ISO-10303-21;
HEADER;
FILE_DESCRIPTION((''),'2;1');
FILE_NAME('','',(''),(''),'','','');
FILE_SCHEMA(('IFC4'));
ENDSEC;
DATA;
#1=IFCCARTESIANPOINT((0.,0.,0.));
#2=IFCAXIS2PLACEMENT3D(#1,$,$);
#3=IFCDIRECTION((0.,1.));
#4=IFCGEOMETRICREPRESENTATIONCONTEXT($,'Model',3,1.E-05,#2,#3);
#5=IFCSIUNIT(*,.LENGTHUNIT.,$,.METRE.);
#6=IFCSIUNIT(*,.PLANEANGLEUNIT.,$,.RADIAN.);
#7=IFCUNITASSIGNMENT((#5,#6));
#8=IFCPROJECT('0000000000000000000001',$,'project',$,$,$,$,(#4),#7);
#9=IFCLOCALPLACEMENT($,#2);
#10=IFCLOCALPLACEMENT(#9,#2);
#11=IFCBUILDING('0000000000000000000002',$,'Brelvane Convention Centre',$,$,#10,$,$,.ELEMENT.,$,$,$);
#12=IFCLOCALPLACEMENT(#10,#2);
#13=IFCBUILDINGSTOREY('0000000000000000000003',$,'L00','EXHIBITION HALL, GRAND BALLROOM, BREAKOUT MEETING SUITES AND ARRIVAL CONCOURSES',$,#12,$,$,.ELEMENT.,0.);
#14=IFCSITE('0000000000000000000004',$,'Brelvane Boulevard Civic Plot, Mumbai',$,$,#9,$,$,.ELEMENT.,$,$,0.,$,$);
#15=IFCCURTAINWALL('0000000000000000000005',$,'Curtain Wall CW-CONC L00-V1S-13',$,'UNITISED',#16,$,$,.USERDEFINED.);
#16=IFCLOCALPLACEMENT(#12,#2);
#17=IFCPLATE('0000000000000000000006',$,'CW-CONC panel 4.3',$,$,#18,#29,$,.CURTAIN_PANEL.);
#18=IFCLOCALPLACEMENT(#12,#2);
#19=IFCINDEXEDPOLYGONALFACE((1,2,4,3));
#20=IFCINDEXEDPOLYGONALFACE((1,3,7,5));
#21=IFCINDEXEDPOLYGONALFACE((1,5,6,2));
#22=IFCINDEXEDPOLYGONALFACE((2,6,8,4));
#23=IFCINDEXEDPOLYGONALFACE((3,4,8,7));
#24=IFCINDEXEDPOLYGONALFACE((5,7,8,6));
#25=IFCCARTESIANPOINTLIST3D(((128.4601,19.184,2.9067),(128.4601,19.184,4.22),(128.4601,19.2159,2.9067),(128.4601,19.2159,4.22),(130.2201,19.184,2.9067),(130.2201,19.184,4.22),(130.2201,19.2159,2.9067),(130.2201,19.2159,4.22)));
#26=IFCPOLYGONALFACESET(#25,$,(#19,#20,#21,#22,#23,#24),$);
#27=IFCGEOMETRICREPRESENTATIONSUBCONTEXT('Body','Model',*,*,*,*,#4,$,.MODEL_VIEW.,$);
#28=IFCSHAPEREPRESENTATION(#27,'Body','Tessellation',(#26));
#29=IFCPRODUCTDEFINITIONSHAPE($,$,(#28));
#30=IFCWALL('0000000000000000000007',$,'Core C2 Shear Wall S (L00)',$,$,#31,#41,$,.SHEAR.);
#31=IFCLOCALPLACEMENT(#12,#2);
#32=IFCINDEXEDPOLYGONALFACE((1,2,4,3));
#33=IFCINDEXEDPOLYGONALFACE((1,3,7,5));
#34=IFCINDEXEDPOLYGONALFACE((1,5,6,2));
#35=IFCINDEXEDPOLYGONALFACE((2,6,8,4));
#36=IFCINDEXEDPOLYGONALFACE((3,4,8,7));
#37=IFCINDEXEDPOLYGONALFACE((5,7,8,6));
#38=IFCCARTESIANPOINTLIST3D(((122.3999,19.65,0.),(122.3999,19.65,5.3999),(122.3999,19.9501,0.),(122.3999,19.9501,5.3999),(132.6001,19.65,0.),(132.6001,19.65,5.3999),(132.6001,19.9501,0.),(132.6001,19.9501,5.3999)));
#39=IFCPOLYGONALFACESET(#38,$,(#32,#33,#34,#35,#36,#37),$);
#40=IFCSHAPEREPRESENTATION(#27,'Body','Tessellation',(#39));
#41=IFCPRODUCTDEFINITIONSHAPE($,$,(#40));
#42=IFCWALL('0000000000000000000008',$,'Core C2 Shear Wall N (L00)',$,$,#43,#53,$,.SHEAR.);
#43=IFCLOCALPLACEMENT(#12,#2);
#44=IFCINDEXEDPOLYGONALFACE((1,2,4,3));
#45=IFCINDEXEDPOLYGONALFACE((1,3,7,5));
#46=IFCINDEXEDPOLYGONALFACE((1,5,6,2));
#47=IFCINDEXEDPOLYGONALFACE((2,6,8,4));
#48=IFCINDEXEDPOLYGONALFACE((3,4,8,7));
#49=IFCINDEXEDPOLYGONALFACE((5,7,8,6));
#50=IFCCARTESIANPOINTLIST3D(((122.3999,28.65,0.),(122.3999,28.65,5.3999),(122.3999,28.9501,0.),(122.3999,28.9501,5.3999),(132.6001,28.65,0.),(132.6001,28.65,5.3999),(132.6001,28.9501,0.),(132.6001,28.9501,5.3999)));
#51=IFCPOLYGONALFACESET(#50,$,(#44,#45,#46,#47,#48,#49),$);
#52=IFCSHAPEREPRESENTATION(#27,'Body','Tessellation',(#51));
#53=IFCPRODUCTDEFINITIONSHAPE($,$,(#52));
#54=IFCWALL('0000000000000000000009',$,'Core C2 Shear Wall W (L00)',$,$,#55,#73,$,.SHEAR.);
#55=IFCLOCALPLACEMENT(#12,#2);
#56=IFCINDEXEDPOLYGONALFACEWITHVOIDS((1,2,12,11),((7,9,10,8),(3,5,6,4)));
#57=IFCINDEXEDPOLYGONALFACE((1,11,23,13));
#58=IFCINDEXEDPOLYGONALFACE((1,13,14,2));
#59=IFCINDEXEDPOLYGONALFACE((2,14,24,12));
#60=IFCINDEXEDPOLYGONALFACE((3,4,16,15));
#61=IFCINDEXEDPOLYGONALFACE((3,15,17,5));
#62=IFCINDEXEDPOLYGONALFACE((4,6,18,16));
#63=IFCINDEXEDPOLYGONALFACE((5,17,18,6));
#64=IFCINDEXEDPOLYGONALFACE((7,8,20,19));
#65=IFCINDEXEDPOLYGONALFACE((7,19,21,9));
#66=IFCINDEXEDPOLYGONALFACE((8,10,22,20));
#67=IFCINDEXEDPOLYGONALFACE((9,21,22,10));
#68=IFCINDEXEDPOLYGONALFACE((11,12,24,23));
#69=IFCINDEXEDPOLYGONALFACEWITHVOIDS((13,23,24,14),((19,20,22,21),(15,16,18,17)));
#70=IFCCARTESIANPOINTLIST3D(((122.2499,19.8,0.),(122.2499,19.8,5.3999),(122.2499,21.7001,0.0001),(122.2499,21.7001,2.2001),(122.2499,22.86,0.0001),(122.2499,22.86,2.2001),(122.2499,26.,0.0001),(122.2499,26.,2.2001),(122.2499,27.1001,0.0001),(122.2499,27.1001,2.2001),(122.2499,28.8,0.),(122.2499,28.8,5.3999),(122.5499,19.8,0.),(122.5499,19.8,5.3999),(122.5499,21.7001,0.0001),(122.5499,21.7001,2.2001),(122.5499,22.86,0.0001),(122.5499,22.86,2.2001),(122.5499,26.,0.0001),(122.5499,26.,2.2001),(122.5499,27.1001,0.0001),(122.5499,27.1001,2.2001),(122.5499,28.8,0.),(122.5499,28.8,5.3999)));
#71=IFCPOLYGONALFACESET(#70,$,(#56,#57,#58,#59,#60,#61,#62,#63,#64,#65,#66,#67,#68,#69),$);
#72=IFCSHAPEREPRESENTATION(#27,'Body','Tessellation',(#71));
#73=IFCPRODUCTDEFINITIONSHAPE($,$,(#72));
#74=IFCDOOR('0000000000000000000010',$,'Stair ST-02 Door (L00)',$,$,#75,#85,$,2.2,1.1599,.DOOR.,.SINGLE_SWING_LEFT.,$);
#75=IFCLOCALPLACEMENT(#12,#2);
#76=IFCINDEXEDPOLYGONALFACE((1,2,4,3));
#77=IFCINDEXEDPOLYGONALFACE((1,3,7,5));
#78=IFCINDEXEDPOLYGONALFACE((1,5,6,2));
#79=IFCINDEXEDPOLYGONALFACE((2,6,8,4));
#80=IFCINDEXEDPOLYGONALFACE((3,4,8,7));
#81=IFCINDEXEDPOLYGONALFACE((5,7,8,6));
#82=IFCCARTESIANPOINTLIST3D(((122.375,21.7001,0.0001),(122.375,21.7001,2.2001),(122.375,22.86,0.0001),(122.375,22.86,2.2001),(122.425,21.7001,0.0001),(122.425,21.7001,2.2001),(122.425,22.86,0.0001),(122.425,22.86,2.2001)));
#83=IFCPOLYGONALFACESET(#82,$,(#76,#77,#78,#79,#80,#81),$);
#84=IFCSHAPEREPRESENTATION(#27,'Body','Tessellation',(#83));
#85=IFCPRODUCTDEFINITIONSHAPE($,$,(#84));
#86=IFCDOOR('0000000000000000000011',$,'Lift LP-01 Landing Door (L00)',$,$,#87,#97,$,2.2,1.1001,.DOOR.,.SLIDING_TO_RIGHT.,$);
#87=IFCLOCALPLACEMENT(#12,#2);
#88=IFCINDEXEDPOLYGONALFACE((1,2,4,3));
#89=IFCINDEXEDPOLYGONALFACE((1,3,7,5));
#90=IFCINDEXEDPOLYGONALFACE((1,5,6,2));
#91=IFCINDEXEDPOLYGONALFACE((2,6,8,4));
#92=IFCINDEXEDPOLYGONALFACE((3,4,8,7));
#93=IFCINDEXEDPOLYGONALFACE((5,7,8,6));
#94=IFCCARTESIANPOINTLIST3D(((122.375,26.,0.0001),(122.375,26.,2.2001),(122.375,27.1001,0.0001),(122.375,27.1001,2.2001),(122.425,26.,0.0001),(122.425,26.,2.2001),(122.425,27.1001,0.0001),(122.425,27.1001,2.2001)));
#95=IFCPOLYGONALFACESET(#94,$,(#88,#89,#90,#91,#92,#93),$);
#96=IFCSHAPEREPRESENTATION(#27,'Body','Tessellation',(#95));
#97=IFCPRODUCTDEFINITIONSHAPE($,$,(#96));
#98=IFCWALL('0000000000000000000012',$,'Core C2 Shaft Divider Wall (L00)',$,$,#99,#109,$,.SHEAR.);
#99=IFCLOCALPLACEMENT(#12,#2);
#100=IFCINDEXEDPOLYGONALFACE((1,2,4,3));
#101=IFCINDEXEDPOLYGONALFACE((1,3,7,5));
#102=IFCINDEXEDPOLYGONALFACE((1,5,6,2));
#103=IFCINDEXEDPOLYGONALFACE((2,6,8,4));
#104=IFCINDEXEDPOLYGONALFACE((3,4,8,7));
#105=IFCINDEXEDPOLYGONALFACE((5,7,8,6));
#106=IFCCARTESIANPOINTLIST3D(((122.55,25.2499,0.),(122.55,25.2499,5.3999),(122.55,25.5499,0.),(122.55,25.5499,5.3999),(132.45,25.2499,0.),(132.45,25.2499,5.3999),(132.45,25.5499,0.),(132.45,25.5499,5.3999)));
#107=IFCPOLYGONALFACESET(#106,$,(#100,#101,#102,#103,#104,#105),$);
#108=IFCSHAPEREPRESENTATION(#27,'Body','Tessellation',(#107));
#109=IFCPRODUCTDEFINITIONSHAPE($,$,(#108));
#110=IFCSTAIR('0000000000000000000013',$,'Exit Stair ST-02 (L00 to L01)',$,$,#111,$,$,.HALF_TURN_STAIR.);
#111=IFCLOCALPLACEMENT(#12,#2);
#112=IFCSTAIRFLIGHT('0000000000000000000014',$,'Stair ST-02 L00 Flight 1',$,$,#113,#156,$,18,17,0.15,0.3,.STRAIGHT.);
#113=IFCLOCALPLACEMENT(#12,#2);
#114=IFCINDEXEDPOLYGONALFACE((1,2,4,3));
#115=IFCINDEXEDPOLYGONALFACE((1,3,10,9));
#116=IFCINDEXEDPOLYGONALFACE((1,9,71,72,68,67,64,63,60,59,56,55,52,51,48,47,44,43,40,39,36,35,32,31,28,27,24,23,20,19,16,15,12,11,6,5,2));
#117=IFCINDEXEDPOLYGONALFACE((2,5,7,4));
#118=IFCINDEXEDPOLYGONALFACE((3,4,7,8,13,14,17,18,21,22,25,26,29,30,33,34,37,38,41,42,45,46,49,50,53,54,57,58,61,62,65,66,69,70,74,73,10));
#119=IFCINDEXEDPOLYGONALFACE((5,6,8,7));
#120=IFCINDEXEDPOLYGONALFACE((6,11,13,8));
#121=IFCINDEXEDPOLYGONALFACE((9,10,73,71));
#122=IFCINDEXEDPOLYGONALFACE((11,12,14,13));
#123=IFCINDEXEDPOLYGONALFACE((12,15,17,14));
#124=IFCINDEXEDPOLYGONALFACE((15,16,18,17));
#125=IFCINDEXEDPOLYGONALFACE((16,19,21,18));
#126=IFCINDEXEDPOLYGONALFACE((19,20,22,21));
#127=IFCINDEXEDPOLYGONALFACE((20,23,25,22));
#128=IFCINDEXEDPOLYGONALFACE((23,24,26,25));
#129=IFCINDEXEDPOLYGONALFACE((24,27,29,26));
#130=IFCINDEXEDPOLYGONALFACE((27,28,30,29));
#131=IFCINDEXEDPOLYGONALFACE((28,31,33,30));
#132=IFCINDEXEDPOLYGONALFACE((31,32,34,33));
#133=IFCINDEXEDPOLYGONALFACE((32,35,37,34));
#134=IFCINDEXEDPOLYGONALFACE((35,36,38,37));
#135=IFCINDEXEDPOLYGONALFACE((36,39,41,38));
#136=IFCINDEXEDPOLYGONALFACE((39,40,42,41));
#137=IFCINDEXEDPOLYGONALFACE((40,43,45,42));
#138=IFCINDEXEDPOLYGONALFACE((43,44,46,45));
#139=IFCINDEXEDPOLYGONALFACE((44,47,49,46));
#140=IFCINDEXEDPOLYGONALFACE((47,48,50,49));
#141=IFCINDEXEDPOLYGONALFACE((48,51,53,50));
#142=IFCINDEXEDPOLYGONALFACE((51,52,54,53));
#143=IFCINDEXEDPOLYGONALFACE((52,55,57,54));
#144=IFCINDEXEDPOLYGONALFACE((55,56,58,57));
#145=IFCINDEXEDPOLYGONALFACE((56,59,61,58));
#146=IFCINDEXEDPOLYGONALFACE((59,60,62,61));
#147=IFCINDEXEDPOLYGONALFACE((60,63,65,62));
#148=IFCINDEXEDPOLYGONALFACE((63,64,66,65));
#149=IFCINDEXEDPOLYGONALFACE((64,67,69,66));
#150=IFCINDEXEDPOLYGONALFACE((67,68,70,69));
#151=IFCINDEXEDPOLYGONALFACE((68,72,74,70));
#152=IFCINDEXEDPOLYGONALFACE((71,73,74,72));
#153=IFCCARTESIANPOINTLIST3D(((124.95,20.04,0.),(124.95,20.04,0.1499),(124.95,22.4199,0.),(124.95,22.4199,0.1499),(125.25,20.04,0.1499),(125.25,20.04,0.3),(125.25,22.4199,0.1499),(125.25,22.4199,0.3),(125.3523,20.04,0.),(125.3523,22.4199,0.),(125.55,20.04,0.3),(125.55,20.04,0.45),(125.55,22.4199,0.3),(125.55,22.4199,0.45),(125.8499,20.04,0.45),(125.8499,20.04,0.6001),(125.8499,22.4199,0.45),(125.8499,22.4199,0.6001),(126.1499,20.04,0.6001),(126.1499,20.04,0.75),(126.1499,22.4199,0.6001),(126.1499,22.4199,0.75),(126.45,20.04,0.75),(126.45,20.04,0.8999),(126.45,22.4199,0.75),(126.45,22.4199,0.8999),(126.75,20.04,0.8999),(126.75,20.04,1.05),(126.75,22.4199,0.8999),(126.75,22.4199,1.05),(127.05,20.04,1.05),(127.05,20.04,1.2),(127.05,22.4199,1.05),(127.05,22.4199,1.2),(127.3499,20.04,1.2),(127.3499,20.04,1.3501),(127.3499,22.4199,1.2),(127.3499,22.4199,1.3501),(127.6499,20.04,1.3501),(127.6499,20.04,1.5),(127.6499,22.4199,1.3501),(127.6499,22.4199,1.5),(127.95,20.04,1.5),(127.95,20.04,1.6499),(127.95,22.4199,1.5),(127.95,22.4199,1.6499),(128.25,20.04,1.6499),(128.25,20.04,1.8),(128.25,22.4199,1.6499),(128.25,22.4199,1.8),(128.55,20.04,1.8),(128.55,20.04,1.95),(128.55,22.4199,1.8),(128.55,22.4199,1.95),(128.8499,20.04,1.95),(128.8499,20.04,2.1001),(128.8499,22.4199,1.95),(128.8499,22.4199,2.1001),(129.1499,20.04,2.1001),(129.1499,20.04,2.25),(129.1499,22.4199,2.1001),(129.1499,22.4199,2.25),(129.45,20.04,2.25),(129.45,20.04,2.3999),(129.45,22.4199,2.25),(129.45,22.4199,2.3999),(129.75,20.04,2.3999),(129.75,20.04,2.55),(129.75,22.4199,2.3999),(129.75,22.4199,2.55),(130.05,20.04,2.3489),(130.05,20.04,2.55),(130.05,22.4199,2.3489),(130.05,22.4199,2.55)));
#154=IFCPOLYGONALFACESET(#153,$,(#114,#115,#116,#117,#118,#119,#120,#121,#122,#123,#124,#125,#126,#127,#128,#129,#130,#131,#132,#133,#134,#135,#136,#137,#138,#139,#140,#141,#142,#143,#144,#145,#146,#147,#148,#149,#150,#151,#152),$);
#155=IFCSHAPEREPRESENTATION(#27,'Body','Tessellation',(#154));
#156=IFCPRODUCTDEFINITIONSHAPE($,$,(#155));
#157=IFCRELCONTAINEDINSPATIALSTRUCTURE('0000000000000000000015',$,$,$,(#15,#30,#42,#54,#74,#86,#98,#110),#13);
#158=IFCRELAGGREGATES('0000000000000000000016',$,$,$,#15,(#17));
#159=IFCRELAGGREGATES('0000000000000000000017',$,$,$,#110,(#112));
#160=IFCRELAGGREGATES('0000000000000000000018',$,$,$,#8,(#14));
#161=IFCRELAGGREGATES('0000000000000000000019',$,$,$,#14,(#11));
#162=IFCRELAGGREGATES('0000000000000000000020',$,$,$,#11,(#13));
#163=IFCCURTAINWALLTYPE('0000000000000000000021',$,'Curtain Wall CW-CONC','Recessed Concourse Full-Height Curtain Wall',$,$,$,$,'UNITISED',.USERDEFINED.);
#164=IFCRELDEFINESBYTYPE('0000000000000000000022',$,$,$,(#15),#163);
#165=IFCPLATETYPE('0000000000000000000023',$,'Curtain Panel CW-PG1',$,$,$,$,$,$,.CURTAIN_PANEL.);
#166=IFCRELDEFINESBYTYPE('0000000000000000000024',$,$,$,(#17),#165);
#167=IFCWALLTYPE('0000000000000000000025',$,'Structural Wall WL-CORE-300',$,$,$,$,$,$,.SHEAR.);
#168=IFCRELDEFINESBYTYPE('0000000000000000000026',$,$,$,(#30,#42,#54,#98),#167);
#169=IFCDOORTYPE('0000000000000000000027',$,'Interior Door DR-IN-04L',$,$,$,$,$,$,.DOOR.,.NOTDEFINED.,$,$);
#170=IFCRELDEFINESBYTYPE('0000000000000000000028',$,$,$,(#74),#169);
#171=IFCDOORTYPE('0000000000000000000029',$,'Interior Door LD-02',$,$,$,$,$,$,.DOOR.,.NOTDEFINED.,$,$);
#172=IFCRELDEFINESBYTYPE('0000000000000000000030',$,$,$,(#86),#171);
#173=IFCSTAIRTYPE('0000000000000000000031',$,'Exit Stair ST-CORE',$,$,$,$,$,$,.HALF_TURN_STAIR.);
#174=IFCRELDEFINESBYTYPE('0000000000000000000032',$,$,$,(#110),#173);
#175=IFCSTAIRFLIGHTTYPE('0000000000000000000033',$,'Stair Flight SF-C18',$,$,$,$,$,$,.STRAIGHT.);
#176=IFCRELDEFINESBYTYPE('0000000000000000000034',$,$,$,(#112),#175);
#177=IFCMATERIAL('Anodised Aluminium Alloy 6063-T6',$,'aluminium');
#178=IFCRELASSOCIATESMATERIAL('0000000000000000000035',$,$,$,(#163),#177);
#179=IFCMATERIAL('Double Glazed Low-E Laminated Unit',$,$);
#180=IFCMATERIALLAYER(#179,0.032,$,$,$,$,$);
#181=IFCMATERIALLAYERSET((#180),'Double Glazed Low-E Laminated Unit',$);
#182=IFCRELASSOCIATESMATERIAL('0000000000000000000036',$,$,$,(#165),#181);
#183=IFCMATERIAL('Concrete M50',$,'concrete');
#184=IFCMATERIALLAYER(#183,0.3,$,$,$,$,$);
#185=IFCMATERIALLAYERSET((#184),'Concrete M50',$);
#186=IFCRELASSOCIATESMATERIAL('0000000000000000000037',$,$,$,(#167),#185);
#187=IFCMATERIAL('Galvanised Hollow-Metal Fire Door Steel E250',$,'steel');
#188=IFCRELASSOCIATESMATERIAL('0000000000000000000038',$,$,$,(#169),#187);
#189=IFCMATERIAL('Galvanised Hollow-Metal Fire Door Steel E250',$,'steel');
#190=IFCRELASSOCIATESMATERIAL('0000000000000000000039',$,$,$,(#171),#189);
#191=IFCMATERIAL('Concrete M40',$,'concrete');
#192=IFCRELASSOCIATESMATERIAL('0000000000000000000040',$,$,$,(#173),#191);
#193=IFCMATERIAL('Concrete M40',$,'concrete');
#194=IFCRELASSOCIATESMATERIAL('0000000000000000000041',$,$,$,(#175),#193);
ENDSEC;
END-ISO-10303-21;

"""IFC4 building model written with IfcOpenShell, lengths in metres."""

from ifc_helpers import new_model, si_unit, direction, frame, frame_2d, origin, origin_2d, place, context, subcontext, project, spatial, polyline, rectangle, outline, extrude, material, layer, layer_set, type_object, element, fill, aggregate, save


model = new_model("IFC4")

# Units and contexts
model_context = context("Model", 3, precision=1e-05, world=origin(), true_north=direction((0.0, 1.0)))
body_context = subcontext(model_context, "Body", "Model", "MODEL_VIEW")
ifc_project = project(units=[si_unit("LENGTHUNIT", "METRE"), si_unit("PLANEANGLEUNIT", "RADIAN")], contexts=[model_context])

# Site, building, storey
site_placement = place(None, origin())
site = spatial("IfcSite", under=ifc_project, at=site_placement, Name="Brelvane Boulevard Civic Plot, Mumbai", CompositionType="ELEMENT", RefElevation=0.0)
building_placement = place(site_placement, origin())
building = spatial("IfcBuilding", under=site, at=building_placement, Name="Brelvane Convention Centre", CompositionType="ELEMENT")
storey_placement = place(building_placement, origin())
storey = spatial("IfcBuildingStorey", under=building, at=storey_placement, Name="L00", Description="EXHIBITION HALL, GRAND BALLROOM, BREAKOUT MEETING SUITES AND ARRIVAL CONCOURSES", CompositionType="ELEMENT", Elevation=0.0)

# Curtain wall
ifc_material_1 = material(Name="Anodised Aluminium Alloy 6063-T6", Category="aluminium")
curtain_wall_type = type_object("IfcCurtainWallType", Name="Curtain Wall CW-CONC", Description="Recessed Concourse Full-Height Curtain Wall", ElementType="UNITISED", PredefinedType="USERDEFINED", material=ifc_material_1)
curtain_wall_placement = place(storey_placement, origin())
curtain_wall = element("IfcCurtainWall", 1, at=curtain_wall_placement, inside=storey, type_object=curtain_wall_type, Name="Curtain Wall CW-CONC L00-V1S-13", ObjectType="UNITISED", PredefinedType="USERDEFINED")

# Plate
ifc_material_2 = material(Name="Double Glazed Low-E Laminated Unit")
ifc_layer_1 = layer(ifc_material_2, 0.032)
ifc_layer_set_1 = layer_set([ifc_layer_1], Name="Double Glazed Low-E Laminated Unit")
plate_type = type_object("IfcPlateType", Name="Curtain Panel CW-PG1", PredefinedType="CURTAIN_PANEL", material=ifc_layer_set_1)
plate_1_placement = place(storey_placement, frame((129.3401, 19.2, 2.9067), z_axis=(0.0, 0.0, 1.0), x_axis=(1.0, 0.0, 0.0)))
plate_1 = element("IfcPlate", 2, at=plate_1_placement, type_object=plate_type, Name="CW-CONC panel 4.3", PredefinedType="CURTAIN_PANEL", context=body_context, shape_type="SweptSolid", body=[
    extrude(rectangle(XDim=1.76, YDim=0.032, at=origin_2d()), origin(), (0.0, 0.0, 1.0), 1.3132),
])
aggregate(curtain_wall, [plate_1])

# Walls
ifc_material_3 = material(Name="Concrete M50", Category="concrete")
ifc_layer_2 = layer(ifc_material_3, 0.3)
ifc_layer_set_2 = layer_set([ifc_layer_2], Name="Concrete M50")
wall_type = type_object("IfcWallType", Name="Structural Wall WL-CORE-300", PredefinedType="SHEAR", material=ifc_layer_set_2)
for number, where, z_axis, x_axis, name in (
    (3, (122.3999, 19.8, 0.0), (0.0, 0.0, 1.0), (1.0, 0.0, 0.0), "Core C2 Shear Wall S (L00)"),
    (4, (122.3999, 28.8, 0.0), (0.0, 0.0, 1.0), (1.0, 0.0, 0.0), "Core C2 Shear Wall N (L00)"),
):
    element("IfcWall", number, at=place(storey_placement, frame(where, z_axis=z_axis, x_axis=x_axis)), inside=storey, type_object=wall_type, Name=name, PredefinedType="SHEAR", context=body_context, shape_type="SweptSolid", body=[
        extrude(rectangle(XDim=10.2002, YDim=0.3, at=frame_2d((5.1001, 0.0))), origin(), (0.0, 0.0, 1.0), 5.3999),
    ])

# Wall, openings, doors
wall_1_placement = place(storey_placement, frame((122.3999, 19.8, 0.0), z_axis=(0.0, 0.0, 1.0), x_axis=(0.0, 1.0, 0.0)))
wall_1 = element("IfcWall", 5, at=wall_1_placement, inside=storey, type_object=wall_type, Name="Core C2 Shear Wall W (L00)", PredefinedType="SHEAR", context=body_context, shape_type="SweptSolid", body=[
    extrude(rectangle(XDim=9.0, YDim=0.3, at=frame_2d((4.5, 0.0))), origin(), (0.0, 0.0, 1.0), 5.3999),
])
opening_1_placement = place(wall_1_placement, frame((1.8999, 0.0, 0.0)))
opening_1 = element("IfcOpeningElement", 6, at=opening_1_placement, cuts=wall_1, PredefinedType="OPENING", context=body_context, shape_type="SweptSolid", body=[
    extrude(rectangle(XDim=1.1599, YDim=2.2, at=frame_2d((0.5801, 1.1001))), frame((0.0, 0.1599, 0.0), z_axis=(0.0, -1.0, 0.0), x_axis=(1.0, 0.0, 0.0)), (0.0, 0.0, 1.0), 0.3201),
])
opening_2_placement = place(wall_1_placement, frame((6.2, 0.0, 0.0)))
opening_2 = element("IfcOpeningElement", 7, at=opening_2_placement, cuts=wall_1, PredefinedType="OPENING", context=body_context, shape_type="SweptSolid", body=[
    extrude(rectangle(XDim=1.1001, YDim=2.2, at=frame_2d((0.55, 1.1001))), frame((0.0, 0.1599, 0.0), z_axis=(0.0, -1.0, 0.0), x_axis=(1.0, 0.0, 0.0)), (0.0, 0.0, 1.0), 0.3201),
])
ifc_material_4 = material(Name="Galvanised Hollow-Metal Fire Door Steel E250", Category="steel")
door_type_1 = type_object("IfcDoorType", Name="Interior Door DR-IN-04L", OperationType="NOTDEFINED", PredefinedType="DOOR", material=ifc_material_4)
door_1_placement = place(opening_1_placement, origin())
door_1 = element("IfcDoor", 8, at=door_1_placement, inside=storey, type_object=door_type_1, Name="Stair ST-02 Door (L00)", OperationType="SINGLE_SWING_LEFT", OverallHeight=2.2, OverallWidth=1.1599, PredefinedType="DOOR", context=body_context, shape_type="SweptSolid", body=[
    extrude(rectangle(XDim=1.1599, YDim=2.2, at=frame_2d((0.5801, 1.1001))), frame((0.0, 0.0249, 0.0), z_axis=(0.0, -1.0, 0.0), x_axis=(1.0, 0.0, 0.0)), (0.0, 0.0, 1.0), 0.05),
])
fill(opening_1, door_1)
ifc_material_5 = material(Name="Galvanised Hollow-Metal Fire Door Steel E250", Category="steel")
door_type_2 = type_object("IfcDoorType", Name="Interior Door LD-02", OperationType="NOTDEFINED", PredefinedType="DOOR", material=ifc_material_5)
door_2_placement = place(opening_2_placement, origin())
door_2 = element("IfcDoor", 9, at=door_2_placement, inside=storey, type_object=door_type_2, Name="Lift LP-01 Landing Door (L00)", OperationType="SLIDING_TO_RIGHT", OverallHeight=2.2, OverallWidth=1.1001, PredefinedType="DOOR", context=body_context, shape_type="SweptSolid", body=[
    extrude(rectangle(XDim=1.1001, YDim=2.2, at=frame_2d((0.55, 1.1001))), frame((0.0, 0.0249, 0.0), z_axis=(0.0, -1.0, 0.0), x_axis=(1.0, 0.0, 0.0)), (0.0, 0.0, 1.0), 0.05),
])
fill(opening_2, door_2)

# Wall
wall_2_placement = place(storey_placement, frame((122.55, 25.3999, 0.0), z_axis=(0.0, 0.0, 1.0), x_axis=(1.0, 0.0, 0.0)))
element("IfcWall", 10, at=wall_2_placement, inside=storey, type_object=wall_type, Name="Core C2 Shaft Divider Wall (L00)", PredefinedType="SHEAR", context=body_context, shape_type="SweptSolid", body=[
    extrude(rectangle(XDim=9.8999, YDim=0.3, at=frame_2d((4.95, 0.0))), origin(), (0.0, 0.0, 1.0), 5.3999),
])

# Stair, stair flight
ifc_material_6 = material(Name="Concrete M40", Category="concrete")
stair_type = type_object("IfcStairType", Name="Exit Stair ST-CORE", PredefinedType="HALF_TURN_STAIR", material=ifc_material_6)
stair_placement = place(storey_placement, origin())
stair = element("IfcStair", 11, at=stair_placement, inside=storey, type_object=stair_type, Name="Exit Stair ST-02 (L00 to L01)", PredefinedType="HALF_TURN_STAIR")
ifc_material_7 = material(Name="Concrete M40", Category="concrete")
stair_flight_type = type_object("IfcStairFlightType", Name="Stair Flight SF-C18", PredefinedType="STRAIGHT", material=ifc_material_7)
stair_flight_1_placement = place(storey_placement, frame((124.95, 21.23, 0.0), z_axis=(0.0, 0.0, 1.0), x_axis=(1.0, 0.0, 0.0)))
stair_flight_1 = element("IfcStairFlight", 12, at=stair_flight_1_placement, type_object=stair_flight_type, Name="Stair ST-02 L00 Flight 1", NumberOfRisers=18, NumberOfTreads=17, PredefinedType="STRAIGHT", RiserHeight=0.15, TreadLength=0.3, context=body_context, shape_type="SweptSolid", body=[
    extrude(outline(polyline([(0.0, 0.0), (0.0, 0.1499), (0.3, 0.1499), (0.3, 0.3), (0.6001, 0.3), (0.6001, 0.45), (0.8999, 0.45), (0.8999, 0.6001), (1.2, 0.6001), (1.2, 0.75), (1.5, 0.75), (1.5, 0.8999), (1.8, 0.8999), (1.8, 1.05), (2.1001, 1.05), (2.1001, 1.2), (2.3999, 1.2), (2.3999, 1.3501), (2.7, 1.3501), (2.7, 1.5), (3.0, 1.5), (3.0, 1.6499), (3.3, 1.6499), (3.3, 1.8), (3.6001, 1.8), (3.6001, 1.95), (3.8999, 1.95), (3.8999, 2.1001), (4.2, 2.1001), (4.2, 2.25), (4.5, 2.25), (4.5, 2.3999), (4.8, 2.3999), (4.8, 2.55), (5.1001, 2.55), (5.1001, 2.7), (5.1001, 2.3489), (0.4023, 0.0), (0.0, 0.0)])), frame((0.0, 1.1899, 0.0), z_axis=(0.0, -1.0, 0.0), x_axis=(1.0, 0.0, 0.0)), (0.0, 0.0, 1.0), 2.3799),
])
aggregate(stair, [stair_flight_1])

save(model, "model.ifc")
